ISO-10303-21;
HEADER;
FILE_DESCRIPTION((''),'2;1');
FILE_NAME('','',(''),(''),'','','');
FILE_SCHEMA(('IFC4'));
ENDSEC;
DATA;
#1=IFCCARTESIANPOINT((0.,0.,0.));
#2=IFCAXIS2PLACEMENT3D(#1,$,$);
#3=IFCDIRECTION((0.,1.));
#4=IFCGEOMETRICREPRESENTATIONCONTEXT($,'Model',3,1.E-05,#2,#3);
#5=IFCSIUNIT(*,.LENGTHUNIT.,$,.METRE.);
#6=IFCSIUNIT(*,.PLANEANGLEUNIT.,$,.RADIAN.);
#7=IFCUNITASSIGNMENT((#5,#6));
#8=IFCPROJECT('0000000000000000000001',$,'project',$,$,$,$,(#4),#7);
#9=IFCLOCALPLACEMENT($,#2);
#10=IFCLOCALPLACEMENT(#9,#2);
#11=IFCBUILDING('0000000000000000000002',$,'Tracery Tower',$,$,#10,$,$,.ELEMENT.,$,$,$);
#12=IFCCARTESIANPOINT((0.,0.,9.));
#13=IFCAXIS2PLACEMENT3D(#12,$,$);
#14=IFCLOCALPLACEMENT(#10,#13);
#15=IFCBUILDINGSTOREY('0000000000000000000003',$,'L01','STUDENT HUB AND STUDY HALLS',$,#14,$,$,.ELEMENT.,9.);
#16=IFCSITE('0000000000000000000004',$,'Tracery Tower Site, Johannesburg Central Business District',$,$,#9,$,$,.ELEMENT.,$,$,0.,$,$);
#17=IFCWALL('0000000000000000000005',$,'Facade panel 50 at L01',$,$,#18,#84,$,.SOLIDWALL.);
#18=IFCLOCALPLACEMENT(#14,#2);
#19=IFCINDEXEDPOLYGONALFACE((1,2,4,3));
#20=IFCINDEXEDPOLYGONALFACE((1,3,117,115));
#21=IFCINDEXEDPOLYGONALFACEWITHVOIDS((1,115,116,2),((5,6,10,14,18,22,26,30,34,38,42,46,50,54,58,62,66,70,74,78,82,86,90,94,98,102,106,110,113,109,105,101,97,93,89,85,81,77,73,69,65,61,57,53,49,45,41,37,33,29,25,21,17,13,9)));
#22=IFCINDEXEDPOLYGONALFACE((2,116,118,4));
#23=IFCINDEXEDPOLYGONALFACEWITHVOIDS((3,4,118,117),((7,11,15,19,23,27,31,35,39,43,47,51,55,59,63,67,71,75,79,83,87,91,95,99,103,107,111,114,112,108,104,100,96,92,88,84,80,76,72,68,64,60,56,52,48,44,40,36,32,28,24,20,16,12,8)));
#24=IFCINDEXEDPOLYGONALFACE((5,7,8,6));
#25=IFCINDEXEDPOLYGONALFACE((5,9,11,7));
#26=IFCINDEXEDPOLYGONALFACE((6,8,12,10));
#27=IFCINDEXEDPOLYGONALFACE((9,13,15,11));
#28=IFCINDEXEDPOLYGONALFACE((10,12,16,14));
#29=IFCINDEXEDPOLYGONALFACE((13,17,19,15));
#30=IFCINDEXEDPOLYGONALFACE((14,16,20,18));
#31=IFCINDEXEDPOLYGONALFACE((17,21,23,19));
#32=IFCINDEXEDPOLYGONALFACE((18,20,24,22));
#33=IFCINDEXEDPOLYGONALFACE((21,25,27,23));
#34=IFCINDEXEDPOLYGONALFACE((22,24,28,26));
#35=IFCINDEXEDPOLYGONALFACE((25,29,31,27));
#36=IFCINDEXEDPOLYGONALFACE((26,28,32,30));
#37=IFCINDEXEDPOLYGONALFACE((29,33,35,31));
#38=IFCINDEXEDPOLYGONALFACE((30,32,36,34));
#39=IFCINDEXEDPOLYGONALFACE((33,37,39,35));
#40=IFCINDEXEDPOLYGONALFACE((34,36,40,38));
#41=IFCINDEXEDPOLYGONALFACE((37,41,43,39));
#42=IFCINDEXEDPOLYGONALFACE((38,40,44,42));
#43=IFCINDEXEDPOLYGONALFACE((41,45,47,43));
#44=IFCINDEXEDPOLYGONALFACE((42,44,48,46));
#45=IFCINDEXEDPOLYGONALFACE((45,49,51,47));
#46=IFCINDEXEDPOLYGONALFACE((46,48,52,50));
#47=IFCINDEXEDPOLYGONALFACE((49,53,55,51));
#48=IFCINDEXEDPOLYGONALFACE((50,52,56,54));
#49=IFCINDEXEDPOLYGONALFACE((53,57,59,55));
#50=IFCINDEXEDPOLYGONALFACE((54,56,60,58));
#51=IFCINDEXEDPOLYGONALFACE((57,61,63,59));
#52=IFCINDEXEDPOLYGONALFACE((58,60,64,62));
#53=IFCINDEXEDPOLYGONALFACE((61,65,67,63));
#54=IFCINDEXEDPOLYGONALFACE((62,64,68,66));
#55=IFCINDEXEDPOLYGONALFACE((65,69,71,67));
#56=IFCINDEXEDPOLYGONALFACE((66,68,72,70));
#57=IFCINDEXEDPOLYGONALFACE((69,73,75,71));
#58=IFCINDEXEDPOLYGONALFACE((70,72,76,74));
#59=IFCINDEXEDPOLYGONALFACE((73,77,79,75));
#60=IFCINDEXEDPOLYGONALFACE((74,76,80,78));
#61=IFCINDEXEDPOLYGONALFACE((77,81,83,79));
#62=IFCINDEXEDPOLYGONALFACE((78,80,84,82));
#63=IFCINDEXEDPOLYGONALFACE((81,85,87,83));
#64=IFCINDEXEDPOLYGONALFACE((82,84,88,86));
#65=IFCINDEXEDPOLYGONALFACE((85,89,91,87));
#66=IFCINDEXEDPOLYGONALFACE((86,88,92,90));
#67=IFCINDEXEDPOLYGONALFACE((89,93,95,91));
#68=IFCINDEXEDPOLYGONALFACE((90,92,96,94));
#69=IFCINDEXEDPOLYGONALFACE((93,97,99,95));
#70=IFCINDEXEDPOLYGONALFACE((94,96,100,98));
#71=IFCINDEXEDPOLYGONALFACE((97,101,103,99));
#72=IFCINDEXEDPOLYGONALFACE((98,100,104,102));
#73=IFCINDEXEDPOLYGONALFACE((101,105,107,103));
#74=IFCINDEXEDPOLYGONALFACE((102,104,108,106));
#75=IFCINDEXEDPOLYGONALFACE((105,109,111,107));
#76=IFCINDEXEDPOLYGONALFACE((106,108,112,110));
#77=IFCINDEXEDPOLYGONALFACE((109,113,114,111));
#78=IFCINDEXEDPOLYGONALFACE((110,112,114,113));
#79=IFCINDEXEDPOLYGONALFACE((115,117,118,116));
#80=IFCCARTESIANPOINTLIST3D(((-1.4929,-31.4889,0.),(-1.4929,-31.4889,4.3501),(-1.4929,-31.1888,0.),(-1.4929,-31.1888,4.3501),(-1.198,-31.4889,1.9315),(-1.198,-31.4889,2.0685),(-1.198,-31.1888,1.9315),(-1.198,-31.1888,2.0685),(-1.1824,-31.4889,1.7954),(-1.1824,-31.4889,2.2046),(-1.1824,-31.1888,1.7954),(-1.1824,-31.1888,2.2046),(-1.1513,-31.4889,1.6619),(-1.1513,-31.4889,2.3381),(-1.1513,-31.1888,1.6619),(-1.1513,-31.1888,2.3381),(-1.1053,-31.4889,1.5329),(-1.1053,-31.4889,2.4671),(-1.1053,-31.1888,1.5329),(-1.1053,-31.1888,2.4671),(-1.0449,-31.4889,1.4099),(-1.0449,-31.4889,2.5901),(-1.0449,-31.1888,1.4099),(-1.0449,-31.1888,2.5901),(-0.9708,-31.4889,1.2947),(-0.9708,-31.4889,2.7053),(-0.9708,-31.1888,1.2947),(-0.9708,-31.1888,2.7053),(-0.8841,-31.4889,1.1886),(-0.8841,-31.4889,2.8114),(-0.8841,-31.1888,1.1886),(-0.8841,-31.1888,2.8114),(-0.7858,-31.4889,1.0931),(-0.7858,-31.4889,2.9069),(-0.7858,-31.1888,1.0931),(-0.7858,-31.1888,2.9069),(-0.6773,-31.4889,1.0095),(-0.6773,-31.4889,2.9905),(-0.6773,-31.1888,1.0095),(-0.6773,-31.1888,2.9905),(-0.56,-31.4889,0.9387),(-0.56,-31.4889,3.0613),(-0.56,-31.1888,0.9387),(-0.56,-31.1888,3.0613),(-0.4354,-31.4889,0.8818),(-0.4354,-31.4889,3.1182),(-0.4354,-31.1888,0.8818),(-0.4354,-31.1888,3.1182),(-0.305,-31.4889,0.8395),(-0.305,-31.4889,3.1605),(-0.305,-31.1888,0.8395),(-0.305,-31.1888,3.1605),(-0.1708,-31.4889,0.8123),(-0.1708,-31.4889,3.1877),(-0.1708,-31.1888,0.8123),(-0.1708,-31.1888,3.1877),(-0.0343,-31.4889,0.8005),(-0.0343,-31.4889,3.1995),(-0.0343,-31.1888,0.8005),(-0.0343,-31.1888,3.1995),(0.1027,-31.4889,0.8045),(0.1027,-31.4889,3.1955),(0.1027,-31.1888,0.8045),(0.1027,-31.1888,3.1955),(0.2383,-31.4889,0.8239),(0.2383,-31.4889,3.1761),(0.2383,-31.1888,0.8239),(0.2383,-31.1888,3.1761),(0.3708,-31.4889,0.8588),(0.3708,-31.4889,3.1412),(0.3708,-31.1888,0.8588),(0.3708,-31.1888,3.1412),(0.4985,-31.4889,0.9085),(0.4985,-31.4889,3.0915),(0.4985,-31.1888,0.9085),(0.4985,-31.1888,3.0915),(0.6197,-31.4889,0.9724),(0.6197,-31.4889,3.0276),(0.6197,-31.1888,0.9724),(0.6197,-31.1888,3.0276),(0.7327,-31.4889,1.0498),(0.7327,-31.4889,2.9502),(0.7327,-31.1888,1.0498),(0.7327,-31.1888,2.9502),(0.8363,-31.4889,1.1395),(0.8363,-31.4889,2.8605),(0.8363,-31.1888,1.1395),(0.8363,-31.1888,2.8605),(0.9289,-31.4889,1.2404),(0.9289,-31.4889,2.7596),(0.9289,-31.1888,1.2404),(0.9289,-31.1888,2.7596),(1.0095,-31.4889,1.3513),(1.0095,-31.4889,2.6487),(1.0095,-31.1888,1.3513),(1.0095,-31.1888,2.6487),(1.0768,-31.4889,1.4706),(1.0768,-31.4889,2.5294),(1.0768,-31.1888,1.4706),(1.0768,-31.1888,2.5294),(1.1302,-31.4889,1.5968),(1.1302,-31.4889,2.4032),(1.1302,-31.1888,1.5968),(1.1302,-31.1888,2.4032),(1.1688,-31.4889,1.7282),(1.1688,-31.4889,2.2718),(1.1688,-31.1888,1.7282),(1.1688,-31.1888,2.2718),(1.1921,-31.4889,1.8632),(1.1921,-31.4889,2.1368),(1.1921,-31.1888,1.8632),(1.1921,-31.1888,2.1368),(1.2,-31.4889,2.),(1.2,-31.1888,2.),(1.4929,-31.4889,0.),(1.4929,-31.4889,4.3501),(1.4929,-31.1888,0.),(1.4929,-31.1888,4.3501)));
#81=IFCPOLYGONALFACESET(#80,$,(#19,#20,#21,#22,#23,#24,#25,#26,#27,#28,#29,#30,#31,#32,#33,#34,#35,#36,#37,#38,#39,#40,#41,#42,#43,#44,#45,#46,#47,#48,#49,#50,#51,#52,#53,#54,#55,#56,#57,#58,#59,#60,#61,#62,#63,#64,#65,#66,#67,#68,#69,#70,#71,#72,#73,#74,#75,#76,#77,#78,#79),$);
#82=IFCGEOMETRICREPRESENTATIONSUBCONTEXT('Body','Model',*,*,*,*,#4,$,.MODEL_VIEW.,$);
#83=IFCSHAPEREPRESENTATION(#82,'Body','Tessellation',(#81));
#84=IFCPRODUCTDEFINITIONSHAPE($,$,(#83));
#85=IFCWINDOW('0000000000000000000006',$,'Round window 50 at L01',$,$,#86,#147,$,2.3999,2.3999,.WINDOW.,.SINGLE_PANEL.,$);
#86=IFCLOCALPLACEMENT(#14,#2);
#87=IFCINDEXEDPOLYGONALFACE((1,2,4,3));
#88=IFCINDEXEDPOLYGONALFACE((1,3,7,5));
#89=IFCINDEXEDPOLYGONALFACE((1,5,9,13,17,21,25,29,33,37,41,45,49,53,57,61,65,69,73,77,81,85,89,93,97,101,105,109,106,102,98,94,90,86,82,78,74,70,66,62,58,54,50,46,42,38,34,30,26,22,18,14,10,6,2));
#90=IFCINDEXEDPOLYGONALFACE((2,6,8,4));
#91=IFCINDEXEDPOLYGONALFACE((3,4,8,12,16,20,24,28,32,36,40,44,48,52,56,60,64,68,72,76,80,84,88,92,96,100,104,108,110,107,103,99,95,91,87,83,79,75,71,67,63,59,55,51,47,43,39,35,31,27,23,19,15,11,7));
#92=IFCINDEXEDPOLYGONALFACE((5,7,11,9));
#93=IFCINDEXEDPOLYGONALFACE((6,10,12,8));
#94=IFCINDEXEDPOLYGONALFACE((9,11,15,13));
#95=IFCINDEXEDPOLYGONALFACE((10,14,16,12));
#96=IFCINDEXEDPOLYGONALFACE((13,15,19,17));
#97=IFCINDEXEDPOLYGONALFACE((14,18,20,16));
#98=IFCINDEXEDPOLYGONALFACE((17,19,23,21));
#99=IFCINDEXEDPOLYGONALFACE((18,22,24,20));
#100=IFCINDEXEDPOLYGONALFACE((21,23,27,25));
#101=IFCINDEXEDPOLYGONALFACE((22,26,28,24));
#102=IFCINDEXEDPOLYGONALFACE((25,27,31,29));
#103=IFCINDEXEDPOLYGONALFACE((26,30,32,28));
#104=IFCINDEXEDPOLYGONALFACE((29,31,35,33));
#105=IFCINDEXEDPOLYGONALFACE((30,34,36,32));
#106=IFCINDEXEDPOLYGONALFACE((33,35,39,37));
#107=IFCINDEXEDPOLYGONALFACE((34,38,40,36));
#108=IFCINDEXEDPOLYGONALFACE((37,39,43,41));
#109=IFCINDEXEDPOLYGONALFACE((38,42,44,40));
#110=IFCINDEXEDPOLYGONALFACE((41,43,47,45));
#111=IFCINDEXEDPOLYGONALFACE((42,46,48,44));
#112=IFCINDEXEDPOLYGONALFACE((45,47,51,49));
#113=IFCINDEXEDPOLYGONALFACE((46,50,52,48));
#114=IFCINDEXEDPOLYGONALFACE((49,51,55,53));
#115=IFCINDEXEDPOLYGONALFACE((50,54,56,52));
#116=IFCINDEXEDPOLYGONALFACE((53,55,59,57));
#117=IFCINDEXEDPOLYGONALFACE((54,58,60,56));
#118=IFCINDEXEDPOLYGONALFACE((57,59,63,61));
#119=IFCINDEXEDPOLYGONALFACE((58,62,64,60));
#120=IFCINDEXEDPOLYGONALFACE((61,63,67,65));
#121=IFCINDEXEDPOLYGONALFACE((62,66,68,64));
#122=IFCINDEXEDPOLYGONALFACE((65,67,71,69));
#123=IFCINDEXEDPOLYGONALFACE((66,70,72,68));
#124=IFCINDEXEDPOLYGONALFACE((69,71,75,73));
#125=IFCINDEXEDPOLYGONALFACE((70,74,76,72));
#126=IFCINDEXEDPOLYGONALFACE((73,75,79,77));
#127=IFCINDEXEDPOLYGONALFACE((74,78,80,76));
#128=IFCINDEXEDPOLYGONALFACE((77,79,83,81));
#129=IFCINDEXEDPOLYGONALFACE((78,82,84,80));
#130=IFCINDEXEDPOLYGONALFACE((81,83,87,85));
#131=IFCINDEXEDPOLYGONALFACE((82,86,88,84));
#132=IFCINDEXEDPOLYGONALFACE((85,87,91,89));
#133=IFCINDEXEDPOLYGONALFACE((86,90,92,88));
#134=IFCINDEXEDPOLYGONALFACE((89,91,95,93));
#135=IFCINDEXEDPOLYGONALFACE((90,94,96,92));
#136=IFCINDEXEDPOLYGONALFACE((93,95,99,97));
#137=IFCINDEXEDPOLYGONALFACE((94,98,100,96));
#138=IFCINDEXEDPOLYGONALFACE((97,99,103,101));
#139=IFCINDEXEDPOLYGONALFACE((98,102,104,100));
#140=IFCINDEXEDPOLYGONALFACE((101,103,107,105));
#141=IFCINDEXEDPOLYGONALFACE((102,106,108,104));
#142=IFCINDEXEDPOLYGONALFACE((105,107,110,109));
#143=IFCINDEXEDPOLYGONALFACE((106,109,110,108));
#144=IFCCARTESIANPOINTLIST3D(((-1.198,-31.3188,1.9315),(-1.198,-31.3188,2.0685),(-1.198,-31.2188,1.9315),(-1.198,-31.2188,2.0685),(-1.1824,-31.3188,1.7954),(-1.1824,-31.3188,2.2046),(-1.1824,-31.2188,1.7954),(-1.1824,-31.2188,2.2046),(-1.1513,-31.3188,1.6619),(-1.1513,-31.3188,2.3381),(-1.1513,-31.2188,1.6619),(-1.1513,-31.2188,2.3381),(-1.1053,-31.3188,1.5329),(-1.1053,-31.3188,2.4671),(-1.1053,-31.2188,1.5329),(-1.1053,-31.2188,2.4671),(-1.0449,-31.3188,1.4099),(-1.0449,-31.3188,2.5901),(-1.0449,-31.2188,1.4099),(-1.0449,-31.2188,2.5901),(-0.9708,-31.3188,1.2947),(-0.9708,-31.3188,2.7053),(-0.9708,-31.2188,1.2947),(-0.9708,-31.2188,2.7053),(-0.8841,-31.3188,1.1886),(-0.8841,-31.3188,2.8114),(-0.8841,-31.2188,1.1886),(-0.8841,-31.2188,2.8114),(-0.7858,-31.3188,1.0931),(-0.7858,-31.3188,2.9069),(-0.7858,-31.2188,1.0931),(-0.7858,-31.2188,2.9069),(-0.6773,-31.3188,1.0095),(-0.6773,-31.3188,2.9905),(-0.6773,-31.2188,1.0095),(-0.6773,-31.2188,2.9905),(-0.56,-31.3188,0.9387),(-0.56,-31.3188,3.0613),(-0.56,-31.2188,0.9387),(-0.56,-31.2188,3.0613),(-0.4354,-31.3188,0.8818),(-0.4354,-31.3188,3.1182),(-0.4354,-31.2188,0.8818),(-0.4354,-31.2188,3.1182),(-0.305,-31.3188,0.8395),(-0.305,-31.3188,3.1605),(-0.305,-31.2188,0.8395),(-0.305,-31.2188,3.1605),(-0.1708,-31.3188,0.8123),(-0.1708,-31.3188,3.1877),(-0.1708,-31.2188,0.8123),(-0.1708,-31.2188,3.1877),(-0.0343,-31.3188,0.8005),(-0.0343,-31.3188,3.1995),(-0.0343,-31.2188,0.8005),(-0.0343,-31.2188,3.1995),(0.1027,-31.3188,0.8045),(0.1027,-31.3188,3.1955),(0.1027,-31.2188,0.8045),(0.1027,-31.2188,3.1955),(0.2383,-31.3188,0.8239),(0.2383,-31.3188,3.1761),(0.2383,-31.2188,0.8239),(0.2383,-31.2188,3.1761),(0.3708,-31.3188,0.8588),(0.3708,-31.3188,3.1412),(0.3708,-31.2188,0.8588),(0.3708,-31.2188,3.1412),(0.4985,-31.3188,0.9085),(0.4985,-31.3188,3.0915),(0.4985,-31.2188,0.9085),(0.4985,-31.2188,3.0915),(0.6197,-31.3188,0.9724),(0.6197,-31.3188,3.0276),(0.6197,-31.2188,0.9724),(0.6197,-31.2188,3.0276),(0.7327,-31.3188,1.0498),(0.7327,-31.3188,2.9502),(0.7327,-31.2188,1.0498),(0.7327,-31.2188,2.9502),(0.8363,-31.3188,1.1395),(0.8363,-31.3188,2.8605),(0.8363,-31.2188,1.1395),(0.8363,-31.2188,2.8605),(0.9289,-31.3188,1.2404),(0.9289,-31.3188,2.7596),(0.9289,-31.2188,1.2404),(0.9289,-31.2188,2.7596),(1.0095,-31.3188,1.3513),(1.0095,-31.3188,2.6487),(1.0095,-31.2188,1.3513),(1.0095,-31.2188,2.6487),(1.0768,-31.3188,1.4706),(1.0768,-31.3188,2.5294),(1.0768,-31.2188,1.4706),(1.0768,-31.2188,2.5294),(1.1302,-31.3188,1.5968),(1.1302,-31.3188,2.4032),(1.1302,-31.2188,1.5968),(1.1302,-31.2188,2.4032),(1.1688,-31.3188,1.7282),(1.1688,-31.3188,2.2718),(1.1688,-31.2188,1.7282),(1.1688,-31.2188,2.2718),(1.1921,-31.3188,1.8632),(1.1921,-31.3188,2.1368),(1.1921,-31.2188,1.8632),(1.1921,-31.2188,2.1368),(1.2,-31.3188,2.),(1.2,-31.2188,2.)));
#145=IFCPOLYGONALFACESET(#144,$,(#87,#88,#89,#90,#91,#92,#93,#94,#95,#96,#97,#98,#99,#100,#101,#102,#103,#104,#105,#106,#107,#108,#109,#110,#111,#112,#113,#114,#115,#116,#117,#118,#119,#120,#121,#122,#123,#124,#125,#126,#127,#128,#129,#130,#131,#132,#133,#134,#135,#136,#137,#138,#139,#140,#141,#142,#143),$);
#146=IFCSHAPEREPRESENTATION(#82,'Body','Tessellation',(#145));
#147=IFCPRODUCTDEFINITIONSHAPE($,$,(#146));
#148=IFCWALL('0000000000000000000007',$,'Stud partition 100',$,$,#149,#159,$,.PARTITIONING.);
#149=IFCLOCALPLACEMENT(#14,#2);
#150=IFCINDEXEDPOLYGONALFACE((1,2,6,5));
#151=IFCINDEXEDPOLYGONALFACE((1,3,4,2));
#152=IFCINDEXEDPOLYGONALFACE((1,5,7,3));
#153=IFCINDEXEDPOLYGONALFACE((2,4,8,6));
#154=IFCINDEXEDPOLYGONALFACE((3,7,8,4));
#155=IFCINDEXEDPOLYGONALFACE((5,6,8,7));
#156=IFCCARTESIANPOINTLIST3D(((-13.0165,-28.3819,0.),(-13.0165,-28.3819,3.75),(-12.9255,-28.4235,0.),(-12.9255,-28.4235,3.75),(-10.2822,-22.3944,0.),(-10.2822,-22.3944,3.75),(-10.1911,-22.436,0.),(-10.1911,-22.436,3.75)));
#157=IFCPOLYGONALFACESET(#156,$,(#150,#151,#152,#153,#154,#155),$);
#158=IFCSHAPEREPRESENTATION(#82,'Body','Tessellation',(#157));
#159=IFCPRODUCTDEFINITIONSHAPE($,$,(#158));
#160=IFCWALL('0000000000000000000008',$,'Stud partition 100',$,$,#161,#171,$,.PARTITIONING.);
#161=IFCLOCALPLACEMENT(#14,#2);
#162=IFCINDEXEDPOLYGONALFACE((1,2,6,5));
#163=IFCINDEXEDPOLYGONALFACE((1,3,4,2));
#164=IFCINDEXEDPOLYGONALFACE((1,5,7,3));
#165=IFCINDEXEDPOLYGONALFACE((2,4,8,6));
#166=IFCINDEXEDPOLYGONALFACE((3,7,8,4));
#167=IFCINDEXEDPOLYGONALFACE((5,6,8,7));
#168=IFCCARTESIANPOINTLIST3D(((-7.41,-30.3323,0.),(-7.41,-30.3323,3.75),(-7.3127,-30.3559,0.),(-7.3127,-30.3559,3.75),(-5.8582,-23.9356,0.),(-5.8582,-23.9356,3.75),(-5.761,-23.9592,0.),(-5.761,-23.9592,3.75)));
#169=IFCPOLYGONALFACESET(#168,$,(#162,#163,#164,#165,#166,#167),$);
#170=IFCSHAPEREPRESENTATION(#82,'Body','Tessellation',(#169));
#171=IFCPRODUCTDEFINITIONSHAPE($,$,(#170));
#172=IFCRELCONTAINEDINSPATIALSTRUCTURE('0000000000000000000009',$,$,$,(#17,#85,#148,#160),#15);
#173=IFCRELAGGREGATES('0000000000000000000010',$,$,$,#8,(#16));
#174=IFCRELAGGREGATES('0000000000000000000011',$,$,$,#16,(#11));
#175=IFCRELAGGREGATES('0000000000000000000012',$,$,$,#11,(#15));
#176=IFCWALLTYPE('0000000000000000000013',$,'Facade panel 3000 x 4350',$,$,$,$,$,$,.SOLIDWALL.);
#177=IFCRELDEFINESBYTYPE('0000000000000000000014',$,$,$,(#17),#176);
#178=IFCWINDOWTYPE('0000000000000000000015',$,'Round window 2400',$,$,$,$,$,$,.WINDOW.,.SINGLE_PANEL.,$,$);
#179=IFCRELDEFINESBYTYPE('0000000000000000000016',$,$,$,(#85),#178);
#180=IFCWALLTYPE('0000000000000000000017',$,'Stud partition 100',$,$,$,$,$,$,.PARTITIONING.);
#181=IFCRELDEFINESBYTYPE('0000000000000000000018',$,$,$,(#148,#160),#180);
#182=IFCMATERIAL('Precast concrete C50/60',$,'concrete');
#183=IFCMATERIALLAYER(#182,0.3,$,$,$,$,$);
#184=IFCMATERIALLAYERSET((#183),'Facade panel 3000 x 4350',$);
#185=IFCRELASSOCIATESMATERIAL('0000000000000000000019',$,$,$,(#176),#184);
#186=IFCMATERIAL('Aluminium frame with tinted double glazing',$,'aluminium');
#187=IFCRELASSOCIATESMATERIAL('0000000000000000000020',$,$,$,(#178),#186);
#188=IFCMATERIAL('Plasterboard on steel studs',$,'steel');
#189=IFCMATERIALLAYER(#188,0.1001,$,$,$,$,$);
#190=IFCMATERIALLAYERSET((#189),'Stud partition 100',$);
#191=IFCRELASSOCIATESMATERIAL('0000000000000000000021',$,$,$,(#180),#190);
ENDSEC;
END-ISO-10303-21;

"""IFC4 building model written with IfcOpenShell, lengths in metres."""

from ifc_helpers import new_model, si_unit, direction, frame, frame_2d, origin, origin_2d, place, context, subcontext, project, spatial, rectangle, circle, extrude, material, layer, layer_set, type_object, element, fill, save


model = new_model("IFC4")

# Units and contexts
model_context = context("Model", 3, precision=1e-05, world=origin(), true_north=direction((0.0, 1.0)))
body_context = subcontext(model_context, "Body", "Model", "MODEL_VIEW")
ifc_project = project(units=[si_unit("LENGTHUNIT", "METRE"), si_unit("PLANEANGLEUNIT", "RADIAN")], contexts=[model_context])

# Site, building, storey
site_placement = place(None, origin())
site = spatial("IfcSite", under=ifc_project, at=site_placement, Name="Tracery Tower Site, Johannesburg Central Business District", CompositionType="ELEMENT", RefElevation=0.0)
building_placement = place(site_placement, origin())
building = spatial("IfcBuilding", under=site, at=building_placement, Name="Tracery Tower", CompositionType="ELEMENT")
storey_placement = place(building_placement, frame((0.0, 0.0, 9.0)))
storey = spatial("IfcBuildingStorey", under=building, at=storey_placement, Name="L01", Description="STUDENT HUB AND STUDY HALLS", CompositionType="ELEMENT", Elevation=9.0)

# Wall, opening, window
ifc_material_1 = material(Name="Precast concrete C50/60", Category="concrete")
ifc_layer_1 = layer(ifc_material_1, 0.3)
ifc_layer_set_1 = layer_set([ifc_layer_1], Name="Facade panel 3000 x 4350")
wall_type_1 = type_object("IfcWallType", Name="Facade panel 3000 x 4350", PredefinedType="SOLIDWALL", material=ifc_layer_set_1)
ifc_material_2 = material(Name="Aluminium frame with tinted double glazing", Category="aluminium")
window_type = type_object("IfcWindowType", Name="Round window 2400", PartitioningType="SINGLE_PANEL", PredefinedType="WINDOW", material=ifc_material_2)
wall_1_placement = place(storey_placement, frame((-1.4929, -31.3389, 0.0), z_axis=(0.0, 0.0, 1.0), x_axis=(1.0, 0.0, 0.0)))
wall_1 = element("IfcWall", 1, at=wall_1_placement, inside=storey, type_object=wall_type_1, Name="Facade panel 50 at L01", PredefinedType="SOLIDWALL", context=body_context, shape_type="SweptSolid", body=[
    extrude(rectangle(XDim=2.9858, YDim=0.3, at=frame_2d((1.4929, 0.0))), origin(), (0.0, 0.0, 1.0), 4.3501),
])
opening_1_placement = place(wall_1_placement, frame((1.4929, 0.0, 2.0)))
opening_1 = element("IfcOpeningElement", 2, at=opening_1_placement, cuts=wall_1, PredefinedType="OPENING", context=body_context, shape_type="SweptSolid", body=[
    extrude(circle(Radius=1.2, at=origin_2d()), frame((0.0, 0.1599, 0.0), z_axis=(0.0, -1.0, 0.0), x_axis=(1.0, 0.0, 0.0)), (0.0, 0.0, 1.0), 0.3201),
])
window_1_placement = place(opening_1_placement, origin())
window_1 = element("IfcWindow", 3, at=window_1_placement, inside=storey, type_object=window_type, Name="Round window 50 at L01", OverallHeight=2.3999, OverallWidth=2.3999, PartitioningType="SINGLE_PANEL", PredefinedType="WINDOW", context=body_context, shape_type="SweptSolid", body=[
    extrude(circle(Radius=1.2, at=origin_2d()), frame((0.0, 0.1201, 0.0), z_axis=(0.0, -1.0, 0.0), x_axis=(1.0, 0.0, 0.0)), (0.0, 0.0, 1.0), 0.1001),
])
fill(opening_1, window_1)

# Walls
ifc_material_3 = material(Name="Plasterboard on steel studs", Category="steel")
ifc_layer_2 = layer(ifc_material_3, 0.1001)
ifc_layer_set_2 = layer_set([ifc_layer_2], Name="Stud partition 100")
wall_type_2 = type_object("IfcWallType", Name="Stud partition 100", PredefinedType="PARTITIONING", material=ifc_layer_set_2)
for number, where, z_axis, x_axis, name in (
    (4, (-12.9709, -28.4026, 0.0), (0.0, 0.0, 1.0), (0.415409, 0.909635, 0.0), "Stud partition 100"),
    (5, (-7.3613, -30.344, 0.0), (0.0, 0.0, 1.0), (0.235749, 0.971814, 0.0), "Stud partition 100"),
):
    element("IfcWall", number, at=place(storey_placement, frame(where, z_axis=z_axis, x_axis=x_axis)), inside=storey, type_object=wall_type_2, Name=name, PredefinedType="PARTITIONING", context=body_context, shape_type="SweptSolid", body=[
        extrude(rectangle(XDim=6.5823, YDim=0.1001, at=frame_2d((3.291, 0.0))), origin(), (0.0, 0.0, 1.0), 3.75),
    ])

save(model, "model.ifc")
